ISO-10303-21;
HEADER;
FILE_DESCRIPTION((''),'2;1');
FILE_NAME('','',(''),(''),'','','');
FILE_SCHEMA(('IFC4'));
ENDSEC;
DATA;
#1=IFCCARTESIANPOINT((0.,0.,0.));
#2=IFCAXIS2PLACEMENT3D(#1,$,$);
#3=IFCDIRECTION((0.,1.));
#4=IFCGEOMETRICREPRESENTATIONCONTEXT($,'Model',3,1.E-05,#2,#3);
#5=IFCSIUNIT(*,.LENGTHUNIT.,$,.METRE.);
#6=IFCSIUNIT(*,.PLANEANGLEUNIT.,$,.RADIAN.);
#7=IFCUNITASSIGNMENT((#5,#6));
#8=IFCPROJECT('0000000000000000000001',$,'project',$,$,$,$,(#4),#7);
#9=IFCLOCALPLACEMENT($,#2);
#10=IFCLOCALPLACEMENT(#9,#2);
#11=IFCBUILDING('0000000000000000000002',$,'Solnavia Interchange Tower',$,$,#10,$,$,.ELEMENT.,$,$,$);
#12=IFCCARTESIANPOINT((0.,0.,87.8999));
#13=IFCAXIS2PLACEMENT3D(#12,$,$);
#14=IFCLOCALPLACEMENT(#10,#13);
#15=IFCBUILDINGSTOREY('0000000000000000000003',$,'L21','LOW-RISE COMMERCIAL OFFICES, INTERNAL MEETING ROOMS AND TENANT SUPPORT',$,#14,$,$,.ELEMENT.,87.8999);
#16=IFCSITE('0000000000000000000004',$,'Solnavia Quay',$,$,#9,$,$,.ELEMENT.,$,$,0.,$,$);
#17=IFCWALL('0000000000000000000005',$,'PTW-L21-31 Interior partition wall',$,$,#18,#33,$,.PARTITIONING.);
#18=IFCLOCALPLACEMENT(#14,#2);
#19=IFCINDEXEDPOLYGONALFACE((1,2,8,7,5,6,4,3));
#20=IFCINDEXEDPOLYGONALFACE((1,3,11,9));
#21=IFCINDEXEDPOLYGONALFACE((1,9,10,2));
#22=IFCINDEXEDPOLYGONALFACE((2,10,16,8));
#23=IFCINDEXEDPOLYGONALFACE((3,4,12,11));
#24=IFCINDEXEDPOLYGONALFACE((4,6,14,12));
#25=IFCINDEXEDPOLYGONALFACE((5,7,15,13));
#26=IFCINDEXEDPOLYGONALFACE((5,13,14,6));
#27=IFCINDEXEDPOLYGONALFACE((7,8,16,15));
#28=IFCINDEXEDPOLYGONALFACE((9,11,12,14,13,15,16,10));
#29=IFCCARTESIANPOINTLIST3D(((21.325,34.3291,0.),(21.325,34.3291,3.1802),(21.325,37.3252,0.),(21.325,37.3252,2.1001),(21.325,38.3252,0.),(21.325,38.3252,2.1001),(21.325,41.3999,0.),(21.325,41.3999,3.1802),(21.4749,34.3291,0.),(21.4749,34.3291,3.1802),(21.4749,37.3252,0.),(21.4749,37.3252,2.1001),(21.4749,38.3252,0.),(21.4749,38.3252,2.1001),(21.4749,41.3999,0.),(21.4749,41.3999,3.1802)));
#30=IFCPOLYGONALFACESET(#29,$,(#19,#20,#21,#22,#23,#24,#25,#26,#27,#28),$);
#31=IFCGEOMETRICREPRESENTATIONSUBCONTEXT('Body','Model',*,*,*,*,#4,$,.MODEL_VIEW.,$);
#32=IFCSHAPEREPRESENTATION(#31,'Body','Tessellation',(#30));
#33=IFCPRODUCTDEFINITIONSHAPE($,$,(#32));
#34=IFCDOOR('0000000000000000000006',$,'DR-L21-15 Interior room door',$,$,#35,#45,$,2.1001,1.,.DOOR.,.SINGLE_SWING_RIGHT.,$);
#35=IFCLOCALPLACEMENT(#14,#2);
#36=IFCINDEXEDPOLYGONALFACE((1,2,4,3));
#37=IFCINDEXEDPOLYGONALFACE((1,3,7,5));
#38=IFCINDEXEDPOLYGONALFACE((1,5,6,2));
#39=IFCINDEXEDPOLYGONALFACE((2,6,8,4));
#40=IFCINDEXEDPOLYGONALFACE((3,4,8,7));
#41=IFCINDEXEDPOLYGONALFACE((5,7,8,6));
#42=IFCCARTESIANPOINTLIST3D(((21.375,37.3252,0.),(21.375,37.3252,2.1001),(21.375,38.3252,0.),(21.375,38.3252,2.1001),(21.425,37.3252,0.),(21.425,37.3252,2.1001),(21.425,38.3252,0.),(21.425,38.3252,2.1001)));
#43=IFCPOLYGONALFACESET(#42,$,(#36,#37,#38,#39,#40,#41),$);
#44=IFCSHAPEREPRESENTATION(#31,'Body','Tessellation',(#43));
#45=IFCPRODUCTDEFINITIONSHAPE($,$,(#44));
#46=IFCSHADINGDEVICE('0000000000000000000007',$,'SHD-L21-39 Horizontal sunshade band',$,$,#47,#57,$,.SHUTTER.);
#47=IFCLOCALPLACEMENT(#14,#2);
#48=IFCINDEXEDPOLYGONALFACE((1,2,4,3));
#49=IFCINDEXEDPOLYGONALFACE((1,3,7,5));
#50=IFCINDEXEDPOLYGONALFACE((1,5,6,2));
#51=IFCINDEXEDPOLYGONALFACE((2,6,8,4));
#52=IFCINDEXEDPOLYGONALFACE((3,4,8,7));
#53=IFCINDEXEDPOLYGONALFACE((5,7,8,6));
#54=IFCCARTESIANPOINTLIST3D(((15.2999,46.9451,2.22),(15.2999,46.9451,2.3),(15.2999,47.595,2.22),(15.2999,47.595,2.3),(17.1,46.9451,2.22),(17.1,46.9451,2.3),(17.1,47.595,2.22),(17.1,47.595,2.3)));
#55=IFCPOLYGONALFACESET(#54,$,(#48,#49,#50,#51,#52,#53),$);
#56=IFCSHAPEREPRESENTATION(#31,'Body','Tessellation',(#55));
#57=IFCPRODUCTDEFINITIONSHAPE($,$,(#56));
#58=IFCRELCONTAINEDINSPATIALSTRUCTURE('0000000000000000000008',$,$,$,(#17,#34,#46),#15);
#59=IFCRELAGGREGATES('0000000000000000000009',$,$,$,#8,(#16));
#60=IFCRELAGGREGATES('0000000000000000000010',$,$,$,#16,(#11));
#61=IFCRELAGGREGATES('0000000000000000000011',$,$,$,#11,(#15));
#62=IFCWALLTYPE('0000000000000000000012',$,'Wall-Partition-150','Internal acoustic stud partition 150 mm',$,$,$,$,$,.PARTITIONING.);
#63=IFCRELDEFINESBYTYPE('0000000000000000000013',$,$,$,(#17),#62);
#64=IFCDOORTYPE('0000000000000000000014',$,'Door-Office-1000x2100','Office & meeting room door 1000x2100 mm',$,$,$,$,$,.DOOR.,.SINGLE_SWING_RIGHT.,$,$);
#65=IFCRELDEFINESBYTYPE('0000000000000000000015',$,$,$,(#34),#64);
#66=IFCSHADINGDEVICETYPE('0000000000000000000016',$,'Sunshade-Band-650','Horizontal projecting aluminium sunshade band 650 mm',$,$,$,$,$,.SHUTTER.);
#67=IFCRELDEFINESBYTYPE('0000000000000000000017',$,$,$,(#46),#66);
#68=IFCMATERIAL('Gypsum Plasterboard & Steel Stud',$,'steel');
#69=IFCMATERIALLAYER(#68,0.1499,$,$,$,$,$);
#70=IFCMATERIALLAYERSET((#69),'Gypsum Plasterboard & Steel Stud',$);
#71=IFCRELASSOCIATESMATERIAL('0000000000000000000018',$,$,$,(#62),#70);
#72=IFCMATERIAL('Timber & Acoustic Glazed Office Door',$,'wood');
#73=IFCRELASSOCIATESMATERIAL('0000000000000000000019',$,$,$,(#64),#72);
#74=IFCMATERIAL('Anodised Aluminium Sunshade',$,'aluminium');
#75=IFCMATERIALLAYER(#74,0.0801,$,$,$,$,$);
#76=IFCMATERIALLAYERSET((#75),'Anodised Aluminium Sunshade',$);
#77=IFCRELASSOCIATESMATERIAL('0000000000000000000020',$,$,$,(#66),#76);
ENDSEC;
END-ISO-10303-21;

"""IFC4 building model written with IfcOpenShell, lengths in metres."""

from ifc_helpers import new_model, si_unit, direction, frame, frame_2d, origin, origin_2d, place, context, subcontext, project, spatial, rectangle, extrude, material, layer, layer_set, type_object, element, fill, save


model = new_model("IFC4")

# Units and contexts
model_context = context("Model", 3, precision=1e-05, world=origin(), true_north=direction((0.0, 1.0)))
body_context = subcontext(model_context, "Body", "Model", "MODEL_VIEW")
ifc_project = project(units=[si_unit("LENGTHUNIT", "METRE"), si_unit("PLANEANGLEUNIT", "RADIAN")], contexts=[model_context])

# Site, building, storey
site_placement = place(None, origin())
site = spatial("IfcSite", under=ifc_project, at=site_placement, Name="Solnavia Quay", CompositionType="ELEMENT", RefElevation=0.0)
building_placement = place(site_placement, origin())
building = spatial("IfcBuilding", under=site, at=building_placement, Name="Solnavia Interchange Tower", CompositionType="ELEMENT")
storey_placement = place(building_placement, frame((0.0, 0.0, 87.8999)))
storey = spatial("IfcBuildingStorey", under=building, at=storey_placement, Name="L21", Description="LOW-RISE COMMERCIAL OFFICES, INTERNAL MEETING ROOMS AND TENANT SUPPORT", CompositionType="ELEMENT", Elevation=87.8999)

# Wall, opening, door
ifc_material_1 = material(Name="Gypsum Plasterboard & Steel Stud", Category="steel")
ifc_layer_1 = layer(ifc_material_1, 0.1499)
ifc_layer_set_1 = layer_set([ifc_layer_1], Name="Gypsum Plasterboard & Steel Stud")
wall_type_1 = type_object("IfcWallType", Name="Wall-Partition-150", Description="Internal acoustic stud partition 150 mm", PredefinedType="PARTITIONING", material=ifc_layer_set_1)
wall_1_placement = place(storey_placement, frame((21.3999, 34.3291, 0.0), z_axis=(0.0, 0.0, 1.0), x_axis=(0.0, 1.0, 0.0)))
wall_1 = element("IfcWall", 1, at=wall_1_placement, inside=storey, type_object=wall_type_1, Name="PTW-L21-31 Interior partition wall", PredefinedType="PARTITIONING", context=body_context, shape_type="SweptSolid", body=[
    extrude(rectangle(XDim=7.0708, YDim=0.1499, at=frame_2d((3.5354, 0.0))), origin(), (0.0, 0.0, 1.0), 3.1802),
])
opening_1_placement = place(wall_1_placement, frame((2.9961, 0.0, 0.0)))
opening_1 = element("IfcOpeningElement", 2, at=opening_1_placement, cuts=wall_1, PredefinedType="OPENING", context=body_context, shape_type="SweptSolid", body=[
    extrude(rectangle(XDim=1.0, YDim=2.1001, at=frame_2d((0.5, 1.05))), frame((0.0, 0.085, 0.0), z_axis=(0.0, -1.0, 0.0), x_axis=(1.0, 0.0, 0.0)), (0.0, 0.0, 1.0), 0.1699),
])
ifc_material_2 = material(Name="Timber & Acoustic Glazed Office Door", Category="wood")
door_type_1 = type_object("IfcDoorType", Name="Door-Office-1000x2100", Description="Office & meeting room door 1000x2100 mm", OperationType="SINGLE_SWING_RIGHT", PredefinedType="DOOR", material=ifc_material_2)
door_1_placement = place(opening_1_placement, origin())
door_1 = element("IfcDoor", 3, at=door_1_placement, inside=storey, type_object=door_type_1, Name="DR-L21-15 Interior room door", OperationType="SINGLE_SWING_RIGHT", OverallHeight=2.1001, OverallWidth=1.0, PredefinedType="DOOR", context=body_context, shape_type="SweptSolid", body=[
    extrude(rectangle(XDim=1.0, YDim=2.1001, at=frame_2d((0.5, 1.05))), frame((0.0, 0.0249, 0.0), z_axis=(0.0, -1.0, 0.0), x_axis=(1.0, 0.0, 0.0)), (0.0, 0.0, 1.0), 0.05),
])
fill(opening_1, door_1)

# Shading device
ifc_material_3 = material(Name="Anodised Aluminium Sunshade", Category="aluminium")
ifc_layer_2 = layer(ifc_material_3, 0.0801)
ifc_layer_set_2 = layer_set([ifc_layer_2], Name="Anodised Aluminium Sunshade")
shading_device_type = type_object("IfcShadingDeviceType", Name="Sunshade-Band-650", Description="Horizontal projecting aluminium sunshade band 650 mm", PredefinedType="SHUTTER", material=ifc_layer_set_2)
shading_device_placement = place(storey_placement, frame((16.2, 47.27, 2.22), z_axis=(0.0, 0.0, 1.0), x_axis=(1.0, 0.0, 0.0)))
element("IfcShadingDevice", 4, at=shading_device_placement, inside=storey, type_object=shading_device_type, Name="SHD-L21-39 Horizontal sunshade band", PredefinedType="SHUTTER", context=body_context, shape_type="SweptSolid", body=[
    extrude(rectangle(XDim=1.8, YDim=0.6499, at=origin_2d()), origin(), (0.0, 0.0, 1.0), 0.0801),
])

save(model, "model.ifc")
